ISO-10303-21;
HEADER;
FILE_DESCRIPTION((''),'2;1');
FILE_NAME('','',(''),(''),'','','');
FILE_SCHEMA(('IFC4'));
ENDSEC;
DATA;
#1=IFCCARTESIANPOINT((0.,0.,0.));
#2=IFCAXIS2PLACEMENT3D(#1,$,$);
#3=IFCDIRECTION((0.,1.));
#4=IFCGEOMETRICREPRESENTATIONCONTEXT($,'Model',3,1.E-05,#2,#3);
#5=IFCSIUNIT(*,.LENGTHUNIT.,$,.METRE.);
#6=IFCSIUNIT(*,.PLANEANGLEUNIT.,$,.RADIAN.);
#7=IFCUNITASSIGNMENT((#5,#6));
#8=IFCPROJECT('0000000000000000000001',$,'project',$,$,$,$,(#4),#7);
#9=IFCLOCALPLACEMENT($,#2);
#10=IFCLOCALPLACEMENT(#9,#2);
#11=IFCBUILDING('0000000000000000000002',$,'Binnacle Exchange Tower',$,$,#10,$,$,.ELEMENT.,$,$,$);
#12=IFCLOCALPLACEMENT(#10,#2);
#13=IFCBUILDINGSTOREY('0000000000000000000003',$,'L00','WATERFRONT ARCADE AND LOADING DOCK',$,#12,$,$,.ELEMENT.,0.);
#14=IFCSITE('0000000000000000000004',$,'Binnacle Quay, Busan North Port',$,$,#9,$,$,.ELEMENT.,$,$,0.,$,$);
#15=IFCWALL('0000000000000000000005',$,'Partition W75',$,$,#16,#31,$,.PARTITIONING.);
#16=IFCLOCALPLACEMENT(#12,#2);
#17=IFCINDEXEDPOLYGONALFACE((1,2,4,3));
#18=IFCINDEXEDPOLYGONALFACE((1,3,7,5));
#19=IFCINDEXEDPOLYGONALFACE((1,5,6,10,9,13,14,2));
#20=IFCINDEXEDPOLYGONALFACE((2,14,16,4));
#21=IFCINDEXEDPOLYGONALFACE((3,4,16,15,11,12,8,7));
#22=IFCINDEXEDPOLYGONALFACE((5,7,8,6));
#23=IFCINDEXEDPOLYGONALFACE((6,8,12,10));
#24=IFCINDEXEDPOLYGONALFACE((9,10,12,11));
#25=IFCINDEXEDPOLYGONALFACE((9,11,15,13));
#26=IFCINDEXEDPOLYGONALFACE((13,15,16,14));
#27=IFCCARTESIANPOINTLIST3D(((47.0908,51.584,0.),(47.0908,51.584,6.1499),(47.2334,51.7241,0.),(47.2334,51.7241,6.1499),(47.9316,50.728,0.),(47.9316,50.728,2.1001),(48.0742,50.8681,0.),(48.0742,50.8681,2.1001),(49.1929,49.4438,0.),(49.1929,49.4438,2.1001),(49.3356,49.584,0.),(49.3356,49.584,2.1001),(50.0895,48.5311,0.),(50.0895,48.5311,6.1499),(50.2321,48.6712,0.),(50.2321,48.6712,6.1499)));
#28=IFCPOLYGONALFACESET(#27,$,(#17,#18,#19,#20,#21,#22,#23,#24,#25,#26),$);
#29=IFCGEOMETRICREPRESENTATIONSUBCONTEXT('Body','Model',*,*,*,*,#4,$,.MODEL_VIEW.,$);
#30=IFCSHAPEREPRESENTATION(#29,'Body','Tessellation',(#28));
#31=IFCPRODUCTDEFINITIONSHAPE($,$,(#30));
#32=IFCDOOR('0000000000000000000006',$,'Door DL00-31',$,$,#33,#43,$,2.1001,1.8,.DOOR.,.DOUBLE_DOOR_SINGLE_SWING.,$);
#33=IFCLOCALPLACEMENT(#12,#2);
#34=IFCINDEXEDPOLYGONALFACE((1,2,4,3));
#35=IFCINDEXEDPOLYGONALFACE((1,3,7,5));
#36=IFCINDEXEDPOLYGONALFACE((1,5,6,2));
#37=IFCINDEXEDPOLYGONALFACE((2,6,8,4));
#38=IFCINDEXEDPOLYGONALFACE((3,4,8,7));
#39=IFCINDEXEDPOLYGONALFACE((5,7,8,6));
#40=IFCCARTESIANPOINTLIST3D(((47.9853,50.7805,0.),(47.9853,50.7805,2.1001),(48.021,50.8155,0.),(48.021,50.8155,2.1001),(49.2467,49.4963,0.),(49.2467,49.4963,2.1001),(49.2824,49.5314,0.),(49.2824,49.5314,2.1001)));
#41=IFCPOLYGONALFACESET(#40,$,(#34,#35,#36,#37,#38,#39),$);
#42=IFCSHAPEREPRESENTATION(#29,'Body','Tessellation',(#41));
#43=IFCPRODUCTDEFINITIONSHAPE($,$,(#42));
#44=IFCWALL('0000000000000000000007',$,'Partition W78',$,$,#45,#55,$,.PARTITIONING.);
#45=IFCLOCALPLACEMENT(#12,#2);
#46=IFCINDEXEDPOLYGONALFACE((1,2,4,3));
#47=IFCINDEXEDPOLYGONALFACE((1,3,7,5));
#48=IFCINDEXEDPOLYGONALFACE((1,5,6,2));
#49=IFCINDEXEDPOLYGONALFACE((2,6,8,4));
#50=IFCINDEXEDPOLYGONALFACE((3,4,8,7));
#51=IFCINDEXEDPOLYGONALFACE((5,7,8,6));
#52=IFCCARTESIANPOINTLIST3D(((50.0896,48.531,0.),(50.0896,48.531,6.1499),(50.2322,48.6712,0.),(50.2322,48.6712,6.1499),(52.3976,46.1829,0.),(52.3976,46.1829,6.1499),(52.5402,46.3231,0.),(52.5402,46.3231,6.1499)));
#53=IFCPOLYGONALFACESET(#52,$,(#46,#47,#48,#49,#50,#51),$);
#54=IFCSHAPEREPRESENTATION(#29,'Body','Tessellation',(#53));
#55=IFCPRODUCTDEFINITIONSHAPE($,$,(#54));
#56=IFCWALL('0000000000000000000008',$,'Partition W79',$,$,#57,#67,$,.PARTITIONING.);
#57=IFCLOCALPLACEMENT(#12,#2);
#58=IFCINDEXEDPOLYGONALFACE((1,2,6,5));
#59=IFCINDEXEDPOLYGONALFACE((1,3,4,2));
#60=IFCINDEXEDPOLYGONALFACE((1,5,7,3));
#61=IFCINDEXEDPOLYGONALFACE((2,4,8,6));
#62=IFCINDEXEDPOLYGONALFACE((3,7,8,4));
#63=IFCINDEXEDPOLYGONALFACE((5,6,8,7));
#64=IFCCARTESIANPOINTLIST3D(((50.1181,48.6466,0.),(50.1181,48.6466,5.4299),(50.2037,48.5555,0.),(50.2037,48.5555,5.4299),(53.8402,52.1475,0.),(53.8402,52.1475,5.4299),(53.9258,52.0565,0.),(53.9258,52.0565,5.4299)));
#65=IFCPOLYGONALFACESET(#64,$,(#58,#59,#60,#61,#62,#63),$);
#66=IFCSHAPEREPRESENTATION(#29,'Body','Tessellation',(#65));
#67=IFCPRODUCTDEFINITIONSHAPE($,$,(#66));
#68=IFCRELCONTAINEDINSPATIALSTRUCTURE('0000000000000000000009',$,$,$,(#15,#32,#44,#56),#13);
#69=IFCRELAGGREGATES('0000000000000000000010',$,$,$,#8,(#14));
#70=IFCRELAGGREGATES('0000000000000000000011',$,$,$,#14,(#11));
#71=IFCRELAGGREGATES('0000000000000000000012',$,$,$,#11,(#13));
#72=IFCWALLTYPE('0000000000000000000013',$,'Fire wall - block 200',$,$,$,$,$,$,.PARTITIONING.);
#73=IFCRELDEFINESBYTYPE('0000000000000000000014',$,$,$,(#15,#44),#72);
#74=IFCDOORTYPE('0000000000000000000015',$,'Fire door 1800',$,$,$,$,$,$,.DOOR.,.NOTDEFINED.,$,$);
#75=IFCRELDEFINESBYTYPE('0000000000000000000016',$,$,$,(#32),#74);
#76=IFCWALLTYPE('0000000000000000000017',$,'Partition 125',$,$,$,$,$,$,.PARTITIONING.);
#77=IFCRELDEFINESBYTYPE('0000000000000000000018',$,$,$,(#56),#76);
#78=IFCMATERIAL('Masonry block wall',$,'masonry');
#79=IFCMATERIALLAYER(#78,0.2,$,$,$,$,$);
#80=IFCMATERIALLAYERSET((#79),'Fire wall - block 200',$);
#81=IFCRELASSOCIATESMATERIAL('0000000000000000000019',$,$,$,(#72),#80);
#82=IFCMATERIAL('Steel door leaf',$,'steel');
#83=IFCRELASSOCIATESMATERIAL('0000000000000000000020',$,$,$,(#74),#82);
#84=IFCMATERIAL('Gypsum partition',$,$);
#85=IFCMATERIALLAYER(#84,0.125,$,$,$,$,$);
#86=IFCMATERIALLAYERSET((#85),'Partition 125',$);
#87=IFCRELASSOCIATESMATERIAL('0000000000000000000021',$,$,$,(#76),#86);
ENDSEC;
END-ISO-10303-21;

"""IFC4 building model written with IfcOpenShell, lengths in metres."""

from ifc_helpers import new_model, si_unit, direction, frame, frame_2d, origin, place, context, subcontext, project, spatial, rectangle, extrude, material, layer, layer_set, type_object, element, fill, save


model = new_model("IFC4")

# Units and contexts
model_context = context("Model", 3, precision=1e-05, world=origin(), true_north=direction((0.0, 1.0)))
body_context = subcontext(model_context, "Body", "Model", "MODEL_VIEW")
ifc_project = project(units=[si_unit("LENGTHUNIT", "METRE"), si_unit("PLANEANGLEUNIT", "RADIAN")], contexts=[model_context])

# Site, building, storey
site_placement = place(None, origin())
site = spatial("IfcSite", under=ifc_project, at=site_placement, Name="Binnacle Quay, Busan North Port", CompositionType="ELEMENT", RefElevation=0.0)
building_placement = place(site_placement, origin())
building = spatial("IfcBuilding", under=site, at=building_placement, Name="Binnacle Exchange Tower", CompositionType="ELEMENT")
storey_placement = place(building_placement, origin())
storey = spatial("IfcBuildingStorey", under=building, at=storey_placement, Name="L00", Description="WATERFRONT ARCADE AND LOADING DOCK", CompositionType="ELEMENT", Elevation=0.0)

# Wall, opening, door
ifc_material_1 = material(Name="Masonry block wall", Category="masonry")
ifc_layer_1 = layer(ifc_material_1, 0.2)
ifc_layer_set_1 = layer_set([ifc_layer_1], Name="Fire wall - block 200")
wall_type_1 = type_object("IfcWallType", Name="Fire wall - block 200", PredefinedType="PARTITIONING", material=ifc_layer_set_1)
wall_1_placement = place(storey_placement, frame((47.1621, 51.6541, 0.0), z_axis=(0.0, 0.0, 1.0), x_axis=(0.700746, -0.713411, 0.0)))
wall_1 = element("IfcWall", 1, at=wall_1_placement, inside=storey, type_object=wall_type_1, Name="Partition W75", PredefinedType="PARTITIONING", context=body_context, shape_type="SweptSolid", body=[
    extrude(rectangle(XDim=4.2793, YDim=0.2, at=frame_2d((2.1396, 0.0))), origin(), (0.0, 0.0, 1.0), 6.1499),
])
opening_1_placement = place(wall_1_placement, frame((1.2, 0.0, 0.0)))
opening_1 = element("IfcOpeningElement", 2, at=opening_1_placement, cuts=wall_1, PredefinedType="OPENING", context=body_context, shape_type="SweptSolid", body=[
    extrude(rectangle(XDim=1.8, YDim=2.1001, at=frame_2d((0.8999, 1.05))), frame((0.0, 0.1099, 0.0), z_axis=(0.0, -1.0, 0.0), x_axis=(1.0, 0.0, 0.0)), (0.0, 0.0, 1.0), 0.22),
])
ifc_material_2 = material(Name="Steel door leaf", Category="steel")
door_type_1 = type_object("IfcDoorType", Name="Fire door 1800", OperationType="NOTDEFINED", PredefinedType="DOOR", material=ifc_material_2)
door_1_placement = place(opening_1_placement, frame((1.8, 0.0, 0.0), z_axis=(0.0, 0.0, 1.0), x_axis=(-1.0, 0.0, 0.0)))
door_1 = element("IfcDoor", 3, at=door_1_placement, inside=storey, type_object=door_type_1, Name="Door DL00-31", OperationType="DOUBLE_DOOR_SINGLE_SWING", OverallHeight=2.1001, OverallWidth=1.8, PredefinedType="DOOR", context=body_context, shape_type="SweptSolid", body=[
    extrude(rectangle(XDim=1.8, YDim=2.1001, at=frame_2d((0.8999, 1.05))), frame((0.0, 0.0249, 0.0), z_axis=(0.0, -1.0, 0.0), x_axis=(1.0, 0.0, 0.0)), (0.0, 0.0, 1.0), 0.05),
])
fill(opening_1, door_1)

# Walls
wall_2_placement = place(storey_placement, frame((50.1609, 48.6011, 0.0), z_axis=(0.0, 0.0, 1.0), x_axis=(0.701, -0.713161, 0.0)))
element("IfcWall", 4, at=wall_2_placement, inside=storey, type_object=wall_type_1, Name="Partition W78", PredefinedType="PARTITIONING", context=body_context, shape_type="SweptSolid", body=[
    extrude(rectangle(XDim=3.2925, YDim=0.2, at=frame_2d((1.6462, 0.0))), origin(), (0.0, 0.0, 1.0), 6.1499),
])
ifc_material_3 = material(Name="Gypsum partition")
ifc_layer_2 = layer(ifc_material_3, 0.125)
ifc_layer_set_2 = layer_set([ifc_layer_2], Name="Partition 125")
wall_type_2 = type_object("IfcWallType", Name="Partition 125", PredefinedType="PARTITIONING", material=ifc_layer_set_2)
wall_3_placement = place(storey_placement, frame((50.1609, 48.6011, 0.0), z_axis=(0.0, 0.0, 1.0), x_axis=(0.728419, 0.685132, 0.0)))
element("IfcWall", 5, at=wall_3_placement, inside=storey, type_object=wall_type_2, Name="Partition W79", PredefinedType="PARTITIONING", context=body_context, shape_type="SweptSolid", body=[
    extrude(rectangle(XDim=5.1099, YDim=0.125, at=frame_2d((2.5549, 0.0))), origin(), (0.0, 0.0, 1.0), 5.4299),
])

save(model, "model.ifc")
